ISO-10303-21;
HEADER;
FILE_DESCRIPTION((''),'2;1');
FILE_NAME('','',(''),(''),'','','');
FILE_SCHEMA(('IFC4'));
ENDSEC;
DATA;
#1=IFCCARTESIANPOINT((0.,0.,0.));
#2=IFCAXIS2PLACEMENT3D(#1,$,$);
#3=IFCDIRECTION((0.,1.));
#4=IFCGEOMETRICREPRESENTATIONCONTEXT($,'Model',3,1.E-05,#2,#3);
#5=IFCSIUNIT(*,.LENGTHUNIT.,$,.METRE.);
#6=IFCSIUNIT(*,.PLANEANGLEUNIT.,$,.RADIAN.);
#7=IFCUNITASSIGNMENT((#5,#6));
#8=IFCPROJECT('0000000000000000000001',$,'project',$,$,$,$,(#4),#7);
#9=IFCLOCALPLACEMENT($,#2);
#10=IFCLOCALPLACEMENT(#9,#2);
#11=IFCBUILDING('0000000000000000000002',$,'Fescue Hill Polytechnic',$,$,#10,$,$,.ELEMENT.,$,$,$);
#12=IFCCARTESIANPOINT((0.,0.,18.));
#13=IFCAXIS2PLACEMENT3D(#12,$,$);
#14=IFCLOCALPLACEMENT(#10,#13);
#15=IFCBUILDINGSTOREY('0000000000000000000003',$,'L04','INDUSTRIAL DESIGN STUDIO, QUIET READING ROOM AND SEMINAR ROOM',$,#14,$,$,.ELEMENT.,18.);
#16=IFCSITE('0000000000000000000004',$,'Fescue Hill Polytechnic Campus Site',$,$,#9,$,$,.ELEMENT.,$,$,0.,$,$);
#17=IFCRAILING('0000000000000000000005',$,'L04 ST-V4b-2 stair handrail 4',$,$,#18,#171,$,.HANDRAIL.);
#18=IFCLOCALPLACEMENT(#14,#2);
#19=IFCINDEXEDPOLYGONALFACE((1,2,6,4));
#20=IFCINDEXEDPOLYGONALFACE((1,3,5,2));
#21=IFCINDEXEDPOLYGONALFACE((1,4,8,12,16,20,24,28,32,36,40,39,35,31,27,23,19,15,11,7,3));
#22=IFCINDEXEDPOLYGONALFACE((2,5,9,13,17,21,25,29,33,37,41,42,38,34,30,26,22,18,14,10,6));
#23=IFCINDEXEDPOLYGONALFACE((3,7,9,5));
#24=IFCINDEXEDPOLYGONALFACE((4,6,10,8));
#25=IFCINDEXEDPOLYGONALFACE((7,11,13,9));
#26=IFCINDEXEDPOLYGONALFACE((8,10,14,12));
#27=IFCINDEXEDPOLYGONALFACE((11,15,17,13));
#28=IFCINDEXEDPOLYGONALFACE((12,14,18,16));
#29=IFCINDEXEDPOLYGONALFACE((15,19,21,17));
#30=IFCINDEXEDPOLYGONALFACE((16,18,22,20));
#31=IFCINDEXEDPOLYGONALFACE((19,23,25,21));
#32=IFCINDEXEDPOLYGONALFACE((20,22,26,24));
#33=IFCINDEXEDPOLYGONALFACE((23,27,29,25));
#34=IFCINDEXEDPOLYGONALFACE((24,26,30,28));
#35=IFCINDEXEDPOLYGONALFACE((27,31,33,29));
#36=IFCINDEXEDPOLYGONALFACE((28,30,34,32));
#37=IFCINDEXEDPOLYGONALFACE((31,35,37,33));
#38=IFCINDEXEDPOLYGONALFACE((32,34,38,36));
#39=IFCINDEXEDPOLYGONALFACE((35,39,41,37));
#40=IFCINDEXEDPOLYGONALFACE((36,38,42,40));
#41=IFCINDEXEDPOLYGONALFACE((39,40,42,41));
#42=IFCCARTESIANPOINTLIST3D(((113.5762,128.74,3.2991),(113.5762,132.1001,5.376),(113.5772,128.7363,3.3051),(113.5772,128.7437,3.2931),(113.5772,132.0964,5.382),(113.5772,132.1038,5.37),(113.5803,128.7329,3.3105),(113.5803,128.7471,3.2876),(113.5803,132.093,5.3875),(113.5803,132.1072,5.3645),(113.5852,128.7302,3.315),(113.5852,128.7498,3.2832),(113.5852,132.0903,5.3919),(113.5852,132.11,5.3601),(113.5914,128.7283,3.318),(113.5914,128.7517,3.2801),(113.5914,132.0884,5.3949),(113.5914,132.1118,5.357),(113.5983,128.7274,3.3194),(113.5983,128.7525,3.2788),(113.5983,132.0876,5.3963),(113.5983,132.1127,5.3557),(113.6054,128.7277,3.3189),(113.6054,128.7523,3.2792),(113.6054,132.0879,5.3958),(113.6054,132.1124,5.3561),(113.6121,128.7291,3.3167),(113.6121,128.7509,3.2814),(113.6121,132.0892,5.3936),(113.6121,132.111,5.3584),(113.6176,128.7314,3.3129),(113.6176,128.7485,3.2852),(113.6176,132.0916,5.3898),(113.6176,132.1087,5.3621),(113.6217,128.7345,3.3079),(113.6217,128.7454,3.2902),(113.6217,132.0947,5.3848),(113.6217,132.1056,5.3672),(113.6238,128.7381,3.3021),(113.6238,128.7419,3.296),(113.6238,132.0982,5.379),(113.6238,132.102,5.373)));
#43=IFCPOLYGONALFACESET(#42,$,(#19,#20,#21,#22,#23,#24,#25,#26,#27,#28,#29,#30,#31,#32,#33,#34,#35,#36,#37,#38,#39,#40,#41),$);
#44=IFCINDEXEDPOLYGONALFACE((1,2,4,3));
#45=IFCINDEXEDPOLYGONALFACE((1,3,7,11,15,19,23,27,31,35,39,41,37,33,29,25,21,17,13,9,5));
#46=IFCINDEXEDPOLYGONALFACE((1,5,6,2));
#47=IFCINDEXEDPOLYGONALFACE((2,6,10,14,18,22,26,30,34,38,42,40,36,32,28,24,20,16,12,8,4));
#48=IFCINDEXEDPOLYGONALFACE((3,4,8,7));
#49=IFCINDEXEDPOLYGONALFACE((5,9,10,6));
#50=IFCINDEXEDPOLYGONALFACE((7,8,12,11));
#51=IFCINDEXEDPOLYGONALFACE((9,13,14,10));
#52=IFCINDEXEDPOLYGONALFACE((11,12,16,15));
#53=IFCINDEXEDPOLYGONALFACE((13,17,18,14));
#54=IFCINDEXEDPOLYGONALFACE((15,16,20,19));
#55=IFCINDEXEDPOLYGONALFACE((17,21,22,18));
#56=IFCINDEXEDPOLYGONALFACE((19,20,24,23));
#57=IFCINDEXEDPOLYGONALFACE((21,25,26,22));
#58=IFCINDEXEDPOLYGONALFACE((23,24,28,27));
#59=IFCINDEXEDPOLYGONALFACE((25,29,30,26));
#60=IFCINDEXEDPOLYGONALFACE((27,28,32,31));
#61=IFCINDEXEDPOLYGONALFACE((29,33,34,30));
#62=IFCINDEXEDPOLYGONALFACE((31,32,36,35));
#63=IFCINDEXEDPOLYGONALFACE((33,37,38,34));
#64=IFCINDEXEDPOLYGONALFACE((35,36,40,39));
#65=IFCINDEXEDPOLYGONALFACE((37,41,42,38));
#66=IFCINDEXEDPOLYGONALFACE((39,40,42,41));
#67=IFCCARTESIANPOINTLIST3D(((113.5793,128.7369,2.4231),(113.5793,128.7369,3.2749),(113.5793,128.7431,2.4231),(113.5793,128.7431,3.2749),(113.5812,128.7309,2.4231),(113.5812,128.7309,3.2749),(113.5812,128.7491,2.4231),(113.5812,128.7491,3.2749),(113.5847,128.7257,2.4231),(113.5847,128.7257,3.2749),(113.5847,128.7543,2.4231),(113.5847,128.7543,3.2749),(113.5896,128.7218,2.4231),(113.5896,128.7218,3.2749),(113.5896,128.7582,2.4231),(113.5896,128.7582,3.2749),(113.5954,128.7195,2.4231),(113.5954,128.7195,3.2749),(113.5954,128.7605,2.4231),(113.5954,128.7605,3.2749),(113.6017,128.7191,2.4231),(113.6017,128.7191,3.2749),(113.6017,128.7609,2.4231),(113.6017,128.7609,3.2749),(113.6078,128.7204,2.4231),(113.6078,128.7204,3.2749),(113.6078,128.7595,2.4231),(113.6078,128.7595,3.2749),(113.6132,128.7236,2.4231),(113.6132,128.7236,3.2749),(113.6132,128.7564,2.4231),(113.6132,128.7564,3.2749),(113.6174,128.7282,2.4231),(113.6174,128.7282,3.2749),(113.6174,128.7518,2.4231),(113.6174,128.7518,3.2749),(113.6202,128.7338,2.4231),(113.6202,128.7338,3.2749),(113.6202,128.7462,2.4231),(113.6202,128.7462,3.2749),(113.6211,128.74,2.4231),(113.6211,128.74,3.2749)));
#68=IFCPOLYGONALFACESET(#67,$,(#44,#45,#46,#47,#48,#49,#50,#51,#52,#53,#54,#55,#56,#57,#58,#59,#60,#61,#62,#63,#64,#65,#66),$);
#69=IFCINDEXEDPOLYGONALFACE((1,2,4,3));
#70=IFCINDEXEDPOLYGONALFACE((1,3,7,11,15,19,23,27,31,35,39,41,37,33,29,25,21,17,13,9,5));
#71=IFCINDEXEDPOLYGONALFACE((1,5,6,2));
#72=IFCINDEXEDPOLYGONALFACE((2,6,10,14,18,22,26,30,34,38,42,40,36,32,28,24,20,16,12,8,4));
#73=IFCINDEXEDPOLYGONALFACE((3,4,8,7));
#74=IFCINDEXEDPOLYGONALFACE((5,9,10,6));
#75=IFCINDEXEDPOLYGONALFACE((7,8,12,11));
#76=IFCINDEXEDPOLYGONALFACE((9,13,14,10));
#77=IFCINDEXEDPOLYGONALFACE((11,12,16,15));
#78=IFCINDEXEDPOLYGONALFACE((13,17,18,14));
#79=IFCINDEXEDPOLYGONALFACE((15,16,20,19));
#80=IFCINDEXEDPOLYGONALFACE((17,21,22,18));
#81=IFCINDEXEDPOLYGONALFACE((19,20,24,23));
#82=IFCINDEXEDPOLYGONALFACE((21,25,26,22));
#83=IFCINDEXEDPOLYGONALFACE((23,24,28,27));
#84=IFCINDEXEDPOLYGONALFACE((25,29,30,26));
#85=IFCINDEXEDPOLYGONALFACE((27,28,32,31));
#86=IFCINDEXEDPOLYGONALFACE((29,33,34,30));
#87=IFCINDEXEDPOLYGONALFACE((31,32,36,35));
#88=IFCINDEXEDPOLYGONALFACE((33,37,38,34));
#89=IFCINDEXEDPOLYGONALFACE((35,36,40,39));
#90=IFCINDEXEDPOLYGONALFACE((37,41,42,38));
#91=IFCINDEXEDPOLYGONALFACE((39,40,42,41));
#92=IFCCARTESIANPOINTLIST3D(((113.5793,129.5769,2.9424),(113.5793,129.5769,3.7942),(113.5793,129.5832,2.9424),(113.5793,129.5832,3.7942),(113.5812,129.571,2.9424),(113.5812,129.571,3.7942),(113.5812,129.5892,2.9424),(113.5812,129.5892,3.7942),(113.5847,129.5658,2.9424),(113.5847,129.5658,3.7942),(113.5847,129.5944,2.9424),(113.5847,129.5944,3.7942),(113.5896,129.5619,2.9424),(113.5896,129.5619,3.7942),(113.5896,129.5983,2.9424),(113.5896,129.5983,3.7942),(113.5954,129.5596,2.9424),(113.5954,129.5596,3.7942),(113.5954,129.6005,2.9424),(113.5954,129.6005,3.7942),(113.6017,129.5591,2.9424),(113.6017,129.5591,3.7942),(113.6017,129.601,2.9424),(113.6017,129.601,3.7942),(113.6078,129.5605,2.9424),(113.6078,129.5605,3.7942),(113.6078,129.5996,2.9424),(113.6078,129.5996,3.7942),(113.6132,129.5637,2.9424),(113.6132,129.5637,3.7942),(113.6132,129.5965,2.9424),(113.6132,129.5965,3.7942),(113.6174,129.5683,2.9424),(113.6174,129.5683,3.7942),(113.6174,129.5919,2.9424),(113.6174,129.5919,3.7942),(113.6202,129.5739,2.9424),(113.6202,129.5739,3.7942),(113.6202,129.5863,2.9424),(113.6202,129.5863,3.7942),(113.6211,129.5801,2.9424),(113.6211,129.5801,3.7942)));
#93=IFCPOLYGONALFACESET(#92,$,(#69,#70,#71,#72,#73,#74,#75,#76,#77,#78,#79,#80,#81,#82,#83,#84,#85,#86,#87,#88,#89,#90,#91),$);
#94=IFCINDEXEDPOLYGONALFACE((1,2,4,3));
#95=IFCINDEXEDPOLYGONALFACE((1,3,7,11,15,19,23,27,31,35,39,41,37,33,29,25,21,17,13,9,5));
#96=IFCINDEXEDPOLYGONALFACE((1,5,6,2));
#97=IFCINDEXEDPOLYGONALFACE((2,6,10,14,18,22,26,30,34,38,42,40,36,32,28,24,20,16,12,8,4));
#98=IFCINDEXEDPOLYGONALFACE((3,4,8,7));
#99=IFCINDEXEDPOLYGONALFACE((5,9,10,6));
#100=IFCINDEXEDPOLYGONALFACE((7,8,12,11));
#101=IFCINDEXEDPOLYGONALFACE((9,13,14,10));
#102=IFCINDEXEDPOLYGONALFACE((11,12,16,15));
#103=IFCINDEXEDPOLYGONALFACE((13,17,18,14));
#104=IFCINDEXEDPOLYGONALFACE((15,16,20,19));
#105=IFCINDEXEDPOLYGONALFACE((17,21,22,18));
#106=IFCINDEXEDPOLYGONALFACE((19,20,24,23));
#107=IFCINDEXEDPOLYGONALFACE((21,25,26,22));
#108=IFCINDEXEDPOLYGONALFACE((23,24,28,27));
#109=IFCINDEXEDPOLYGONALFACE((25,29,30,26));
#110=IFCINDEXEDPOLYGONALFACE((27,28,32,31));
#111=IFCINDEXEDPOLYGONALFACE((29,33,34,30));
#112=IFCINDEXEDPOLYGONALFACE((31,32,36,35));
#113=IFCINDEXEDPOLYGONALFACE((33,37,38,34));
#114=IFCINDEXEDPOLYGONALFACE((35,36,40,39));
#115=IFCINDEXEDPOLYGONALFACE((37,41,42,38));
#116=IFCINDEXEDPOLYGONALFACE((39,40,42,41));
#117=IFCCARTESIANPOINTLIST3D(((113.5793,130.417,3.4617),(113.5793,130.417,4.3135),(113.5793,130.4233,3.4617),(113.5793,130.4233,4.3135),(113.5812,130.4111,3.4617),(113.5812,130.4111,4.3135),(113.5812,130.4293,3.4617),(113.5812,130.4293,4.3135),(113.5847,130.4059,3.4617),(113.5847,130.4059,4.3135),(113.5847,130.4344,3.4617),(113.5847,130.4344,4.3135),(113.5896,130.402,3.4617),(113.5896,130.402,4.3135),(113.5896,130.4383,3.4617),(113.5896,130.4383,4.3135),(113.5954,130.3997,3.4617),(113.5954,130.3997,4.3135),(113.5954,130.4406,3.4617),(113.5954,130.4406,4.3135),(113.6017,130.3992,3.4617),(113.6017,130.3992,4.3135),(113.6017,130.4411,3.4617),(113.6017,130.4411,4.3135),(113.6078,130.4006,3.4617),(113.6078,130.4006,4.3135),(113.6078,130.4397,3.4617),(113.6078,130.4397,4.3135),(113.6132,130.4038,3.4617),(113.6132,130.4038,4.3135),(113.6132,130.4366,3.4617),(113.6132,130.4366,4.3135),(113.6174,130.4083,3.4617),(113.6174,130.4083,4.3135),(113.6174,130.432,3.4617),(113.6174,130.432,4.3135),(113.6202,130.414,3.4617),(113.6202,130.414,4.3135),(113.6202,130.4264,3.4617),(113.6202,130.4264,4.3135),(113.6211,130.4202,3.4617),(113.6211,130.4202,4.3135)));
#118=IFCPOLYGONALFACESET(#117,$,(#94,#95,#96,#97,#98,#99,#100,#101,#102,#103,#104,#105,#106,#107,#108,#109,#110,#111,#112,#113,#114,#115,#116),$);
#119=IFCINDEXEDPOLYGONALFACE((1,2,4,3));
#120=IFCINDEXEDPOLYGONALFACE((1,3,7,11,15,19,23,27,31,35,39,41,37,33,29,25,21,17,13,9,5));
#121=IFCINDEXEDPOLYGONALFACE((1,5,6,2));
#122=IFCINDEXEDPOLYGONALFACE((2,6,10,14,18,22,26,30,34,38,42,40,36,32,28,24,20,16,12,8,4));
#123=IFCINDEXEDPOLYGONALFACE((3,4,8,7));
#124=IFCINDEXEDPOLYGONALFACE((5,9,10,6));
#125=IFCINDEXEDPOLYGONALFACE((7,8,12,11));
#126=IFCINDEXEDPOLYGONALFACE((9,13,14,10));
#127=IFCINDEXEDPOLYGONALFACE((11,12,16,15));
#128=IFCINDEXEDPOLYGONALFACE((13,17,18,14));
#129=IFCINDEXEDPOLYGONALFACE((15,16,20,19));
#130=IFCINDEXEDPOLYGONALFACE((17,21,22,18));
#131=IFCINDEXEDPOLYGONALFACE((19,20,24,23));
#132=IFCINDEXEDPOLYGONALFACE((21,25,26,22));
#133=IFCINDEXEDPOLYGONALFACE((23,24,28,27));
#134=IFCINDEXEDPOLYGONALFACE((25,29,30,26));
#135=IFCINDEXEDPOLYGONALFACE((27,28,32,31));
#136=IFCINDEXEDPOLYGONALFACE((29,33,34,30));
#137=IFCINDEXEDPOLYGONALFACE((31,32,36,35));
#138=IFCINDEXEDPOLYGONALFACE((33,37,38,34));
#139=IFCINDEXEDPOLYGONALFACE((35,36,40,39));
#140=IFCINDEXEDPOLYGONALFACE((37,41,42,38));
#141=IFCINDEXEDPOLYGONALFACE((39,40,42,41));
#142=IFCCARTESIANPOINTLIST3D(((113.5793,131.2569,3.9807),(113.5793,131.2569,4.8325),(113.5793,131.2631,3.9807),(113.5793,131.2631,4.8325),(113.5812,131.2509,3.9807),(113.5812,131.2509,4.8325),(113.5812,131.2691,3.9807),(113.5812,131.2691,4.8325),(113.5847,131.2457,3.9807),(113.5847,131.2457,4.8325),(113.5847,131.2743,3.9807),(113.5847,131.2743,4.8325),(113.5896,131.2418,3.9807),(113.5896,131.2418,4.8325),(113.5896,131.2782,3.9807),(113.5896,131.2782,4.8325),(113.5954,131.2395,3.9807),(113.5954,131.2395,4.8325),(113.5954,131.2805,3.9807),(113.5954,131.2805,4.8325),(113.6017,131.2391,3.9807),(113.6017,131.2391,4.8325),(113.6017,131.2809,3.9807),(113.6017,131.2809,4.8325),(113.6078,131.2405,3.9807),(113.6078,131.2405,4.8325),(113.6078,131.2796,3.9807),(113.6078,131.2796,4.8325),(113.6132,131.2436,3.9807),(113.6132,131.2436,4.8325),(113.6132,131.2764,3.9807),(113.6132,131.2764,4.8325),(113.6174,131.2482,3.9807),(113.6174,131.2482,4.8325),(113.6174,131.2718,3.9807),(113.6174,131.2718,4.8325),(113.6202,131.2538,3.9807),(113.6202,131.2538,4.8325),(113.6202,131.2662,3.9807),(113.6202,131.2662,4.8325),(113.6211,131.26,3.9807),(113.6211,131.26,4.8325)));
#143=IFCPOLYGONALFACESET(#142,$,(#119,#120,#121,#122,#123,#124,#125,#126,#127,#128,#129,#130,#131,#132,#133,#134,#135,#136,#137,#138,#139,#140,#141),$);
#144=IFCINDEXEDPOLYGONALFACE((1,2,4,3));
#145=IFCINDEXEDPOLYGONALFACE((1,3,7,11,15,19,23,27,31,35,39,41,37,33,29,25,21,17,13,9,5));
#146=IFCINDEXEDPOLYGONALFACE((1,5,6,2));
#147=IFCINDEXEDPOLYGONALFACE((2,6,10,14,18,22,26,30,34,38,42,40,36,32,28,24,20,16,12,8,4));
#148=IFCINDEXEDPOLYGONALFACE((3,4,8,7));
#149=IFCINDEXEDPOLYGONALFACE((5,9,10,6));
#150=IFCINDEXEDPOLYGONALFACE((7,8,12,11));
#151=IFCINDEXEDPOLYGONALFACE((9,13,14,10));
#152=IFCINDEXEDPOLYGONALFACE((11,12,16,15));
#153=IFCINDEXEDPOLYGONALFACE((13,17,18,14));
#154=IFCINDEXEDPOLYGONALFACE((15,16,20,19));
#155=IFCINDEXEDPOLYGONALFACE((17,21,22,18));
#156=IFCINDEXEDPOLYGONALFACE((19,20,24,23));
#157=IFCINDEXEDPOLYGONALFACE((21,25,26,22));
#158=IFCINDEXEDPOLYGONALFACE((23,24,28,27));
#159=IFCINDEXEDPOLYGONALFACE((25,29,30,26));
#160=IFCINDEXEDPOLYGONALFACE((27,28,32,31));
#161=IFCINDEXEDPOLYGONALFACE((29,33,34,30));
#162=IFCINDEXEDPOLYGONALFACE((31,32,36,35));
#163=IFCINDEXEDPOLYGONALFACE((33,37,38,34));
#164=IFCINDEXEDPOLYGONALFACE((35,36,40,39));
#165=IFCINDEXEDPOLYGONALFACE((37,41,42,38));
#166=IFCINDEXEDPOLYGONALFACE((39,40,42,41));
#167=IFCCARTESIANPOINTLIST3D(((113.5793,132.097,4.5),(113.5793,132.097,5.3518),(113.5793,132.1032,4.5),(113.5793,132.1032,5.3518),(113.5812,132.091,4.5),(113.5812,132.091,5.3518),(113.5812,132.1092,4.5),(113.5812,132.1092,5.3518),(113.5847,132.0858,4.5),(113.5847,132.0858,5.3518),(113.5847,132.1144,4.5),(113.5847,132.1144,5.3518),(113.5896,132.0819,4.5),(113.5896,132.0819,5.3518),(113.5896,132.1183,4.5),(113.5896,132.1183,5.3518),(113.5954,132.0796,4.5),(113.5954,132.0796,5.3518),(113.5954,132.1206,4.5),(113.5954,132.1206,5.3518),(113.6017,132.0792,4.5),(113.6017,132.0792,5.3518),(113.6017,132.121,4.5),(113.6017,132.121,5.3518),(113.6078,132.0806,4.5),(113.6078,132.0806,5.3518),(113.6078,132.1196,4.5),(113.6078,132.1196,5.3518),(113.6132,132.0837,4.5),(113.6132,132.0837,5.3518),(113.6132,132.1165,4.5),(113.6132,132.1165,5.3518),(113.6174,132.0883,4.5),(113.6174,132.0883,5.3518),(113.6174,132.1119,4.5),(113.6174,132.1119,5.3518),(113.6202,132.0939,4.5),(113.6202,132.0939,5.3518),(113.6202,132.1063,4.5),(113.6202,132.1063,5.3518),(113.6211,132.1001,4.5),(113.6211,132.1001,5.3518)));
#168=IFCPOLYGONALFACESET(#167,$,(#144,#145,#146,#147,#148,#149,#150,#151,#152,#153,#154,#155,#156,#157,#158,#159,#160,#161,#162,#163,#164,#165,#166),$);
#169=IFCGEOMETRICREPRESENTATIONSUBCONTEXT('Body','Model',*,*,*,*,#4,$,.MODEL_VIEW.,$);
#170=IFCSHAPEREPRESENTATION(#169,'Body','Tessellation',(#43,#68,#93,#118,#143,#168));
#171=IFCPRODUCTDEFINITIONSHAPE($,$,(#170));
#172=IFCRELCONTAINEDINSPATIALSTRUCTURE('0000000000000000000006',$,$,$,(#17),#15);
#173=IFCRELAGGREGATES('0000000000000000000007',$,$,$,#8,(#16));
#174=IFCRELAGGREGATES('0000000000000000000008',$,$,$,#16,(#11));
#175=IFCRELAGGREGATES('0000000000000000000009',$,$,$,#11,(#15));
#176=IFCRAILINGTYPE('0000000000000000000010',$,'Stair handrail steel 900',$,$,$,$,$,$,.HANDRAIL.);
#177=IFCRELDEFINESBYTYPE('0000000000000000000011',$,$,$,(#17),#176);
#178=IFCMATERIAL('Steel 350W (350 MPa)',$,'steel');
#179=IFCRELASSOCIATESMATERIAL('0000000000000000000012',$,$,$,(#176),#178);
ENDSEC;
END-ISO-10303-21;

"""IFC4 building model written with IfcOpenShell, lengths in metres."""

from ifc_helpers import new_model, si_unit, direction, frame, origin, origin_2d, place, context, subcontext, project, spatial, circle, extrude, material, type_object, element, save


model = new_model("IFC4")

# Units and contexts
model_context = context("Model", 3, precision=1e-05, world=origin(), true_north=direction((0.0, 1.0)))
body_context = subcontext(model_context, "Body", "Model", "MODEL_VIEW")
ifc_project = project(units=[si_unit("LENGTHUNIT", "METRE"), si_unit("PLANEANGLEUNIT", "RADIAN")], contexts=[model_context])

# Site, building, storey
site_placement = place(None, origin())
site = spatial("IfcSite", under=ifc_project, at=site_placement, Name="Fescue Hill Polytechnic Campus Site", CompositionType="ELEMENT", RefElevation=0.0)
building_placement = place(site_placement, origin())
building = spatial("IfcBuilding", under=site, at=building_placement, Name="Fescue Hill Polytechnic", CompositionType="ELEMENT")
storey_placement = place(building_placement, frame((0.0, 0.0, 18.0)))
storey = spatial("IfcBuildingStorey", under=building, at=storey_placement, Name="L04", Description="INDUSTRIAL DESIGN STUDIO, QUIET READING ROOM AND SEMINAR ROOM", CompositionType="ELEMENT", Elevation=18.0)

# Railing
ifc_material_1 = material(Name="Steel 350W (350 MPa)", Category="steel")
railing_type_1 = type_object("IfcRailingType", Name="Stair handrail steel 900", PredefinedType="HANDRAIL", material=ifc_material_1)
railing_1_placement = place(storey_placement, frame((113.6001, 128.74, 2.4231)))
element("IfcRailing", 1, at=railing_1_placement, inside=storey, type_object=railing_type_1, Name="L04 ST-V4b-2 stair handrail 4", PredefinedType="HANDRAIL", context=body_context, shape_type="SweptSolid", body=[
    extrude(circle(Radius=0.0239, at=origin_2d()), frame((0.0, 0.0, 0.876), z_axis=(0.0, 0.850623, 0.525776), x_axis=(-1.0, 0.0, 0.0)), (0.0, 0.0, 1.0), 3.9502),
    extrude(circle(Radius=0.021, at=origin_2d()), origin(), (0.0, 0.0, 1.0), 0.8518),
    extrude(circle(Radius=0.021, at=origin_2d()), frame((0.0, 0.8401, 0.5193)), (0.0, 0.0, 1.0), 0.8518),
    extrude(circle(Radius=0.021, at=origin_2d()), frame((0.0, 1.6802, 1.0386)), (0.0, 0.0, 1.0), 0.8518),
    extrude(circle(Radius=0.021, at=origin_2d()), frame((0.0, 2.52, 1.5576)), (0.0, 0.0, 1.0), 0.8518),
    extrude(circle(Radius=0.021, at=origin_2d()), frame((0.0, 3.3601, 2.0769)), (0.0, 0.0, 1.0), 0.8518),
])

save(model, "model.ifc")
